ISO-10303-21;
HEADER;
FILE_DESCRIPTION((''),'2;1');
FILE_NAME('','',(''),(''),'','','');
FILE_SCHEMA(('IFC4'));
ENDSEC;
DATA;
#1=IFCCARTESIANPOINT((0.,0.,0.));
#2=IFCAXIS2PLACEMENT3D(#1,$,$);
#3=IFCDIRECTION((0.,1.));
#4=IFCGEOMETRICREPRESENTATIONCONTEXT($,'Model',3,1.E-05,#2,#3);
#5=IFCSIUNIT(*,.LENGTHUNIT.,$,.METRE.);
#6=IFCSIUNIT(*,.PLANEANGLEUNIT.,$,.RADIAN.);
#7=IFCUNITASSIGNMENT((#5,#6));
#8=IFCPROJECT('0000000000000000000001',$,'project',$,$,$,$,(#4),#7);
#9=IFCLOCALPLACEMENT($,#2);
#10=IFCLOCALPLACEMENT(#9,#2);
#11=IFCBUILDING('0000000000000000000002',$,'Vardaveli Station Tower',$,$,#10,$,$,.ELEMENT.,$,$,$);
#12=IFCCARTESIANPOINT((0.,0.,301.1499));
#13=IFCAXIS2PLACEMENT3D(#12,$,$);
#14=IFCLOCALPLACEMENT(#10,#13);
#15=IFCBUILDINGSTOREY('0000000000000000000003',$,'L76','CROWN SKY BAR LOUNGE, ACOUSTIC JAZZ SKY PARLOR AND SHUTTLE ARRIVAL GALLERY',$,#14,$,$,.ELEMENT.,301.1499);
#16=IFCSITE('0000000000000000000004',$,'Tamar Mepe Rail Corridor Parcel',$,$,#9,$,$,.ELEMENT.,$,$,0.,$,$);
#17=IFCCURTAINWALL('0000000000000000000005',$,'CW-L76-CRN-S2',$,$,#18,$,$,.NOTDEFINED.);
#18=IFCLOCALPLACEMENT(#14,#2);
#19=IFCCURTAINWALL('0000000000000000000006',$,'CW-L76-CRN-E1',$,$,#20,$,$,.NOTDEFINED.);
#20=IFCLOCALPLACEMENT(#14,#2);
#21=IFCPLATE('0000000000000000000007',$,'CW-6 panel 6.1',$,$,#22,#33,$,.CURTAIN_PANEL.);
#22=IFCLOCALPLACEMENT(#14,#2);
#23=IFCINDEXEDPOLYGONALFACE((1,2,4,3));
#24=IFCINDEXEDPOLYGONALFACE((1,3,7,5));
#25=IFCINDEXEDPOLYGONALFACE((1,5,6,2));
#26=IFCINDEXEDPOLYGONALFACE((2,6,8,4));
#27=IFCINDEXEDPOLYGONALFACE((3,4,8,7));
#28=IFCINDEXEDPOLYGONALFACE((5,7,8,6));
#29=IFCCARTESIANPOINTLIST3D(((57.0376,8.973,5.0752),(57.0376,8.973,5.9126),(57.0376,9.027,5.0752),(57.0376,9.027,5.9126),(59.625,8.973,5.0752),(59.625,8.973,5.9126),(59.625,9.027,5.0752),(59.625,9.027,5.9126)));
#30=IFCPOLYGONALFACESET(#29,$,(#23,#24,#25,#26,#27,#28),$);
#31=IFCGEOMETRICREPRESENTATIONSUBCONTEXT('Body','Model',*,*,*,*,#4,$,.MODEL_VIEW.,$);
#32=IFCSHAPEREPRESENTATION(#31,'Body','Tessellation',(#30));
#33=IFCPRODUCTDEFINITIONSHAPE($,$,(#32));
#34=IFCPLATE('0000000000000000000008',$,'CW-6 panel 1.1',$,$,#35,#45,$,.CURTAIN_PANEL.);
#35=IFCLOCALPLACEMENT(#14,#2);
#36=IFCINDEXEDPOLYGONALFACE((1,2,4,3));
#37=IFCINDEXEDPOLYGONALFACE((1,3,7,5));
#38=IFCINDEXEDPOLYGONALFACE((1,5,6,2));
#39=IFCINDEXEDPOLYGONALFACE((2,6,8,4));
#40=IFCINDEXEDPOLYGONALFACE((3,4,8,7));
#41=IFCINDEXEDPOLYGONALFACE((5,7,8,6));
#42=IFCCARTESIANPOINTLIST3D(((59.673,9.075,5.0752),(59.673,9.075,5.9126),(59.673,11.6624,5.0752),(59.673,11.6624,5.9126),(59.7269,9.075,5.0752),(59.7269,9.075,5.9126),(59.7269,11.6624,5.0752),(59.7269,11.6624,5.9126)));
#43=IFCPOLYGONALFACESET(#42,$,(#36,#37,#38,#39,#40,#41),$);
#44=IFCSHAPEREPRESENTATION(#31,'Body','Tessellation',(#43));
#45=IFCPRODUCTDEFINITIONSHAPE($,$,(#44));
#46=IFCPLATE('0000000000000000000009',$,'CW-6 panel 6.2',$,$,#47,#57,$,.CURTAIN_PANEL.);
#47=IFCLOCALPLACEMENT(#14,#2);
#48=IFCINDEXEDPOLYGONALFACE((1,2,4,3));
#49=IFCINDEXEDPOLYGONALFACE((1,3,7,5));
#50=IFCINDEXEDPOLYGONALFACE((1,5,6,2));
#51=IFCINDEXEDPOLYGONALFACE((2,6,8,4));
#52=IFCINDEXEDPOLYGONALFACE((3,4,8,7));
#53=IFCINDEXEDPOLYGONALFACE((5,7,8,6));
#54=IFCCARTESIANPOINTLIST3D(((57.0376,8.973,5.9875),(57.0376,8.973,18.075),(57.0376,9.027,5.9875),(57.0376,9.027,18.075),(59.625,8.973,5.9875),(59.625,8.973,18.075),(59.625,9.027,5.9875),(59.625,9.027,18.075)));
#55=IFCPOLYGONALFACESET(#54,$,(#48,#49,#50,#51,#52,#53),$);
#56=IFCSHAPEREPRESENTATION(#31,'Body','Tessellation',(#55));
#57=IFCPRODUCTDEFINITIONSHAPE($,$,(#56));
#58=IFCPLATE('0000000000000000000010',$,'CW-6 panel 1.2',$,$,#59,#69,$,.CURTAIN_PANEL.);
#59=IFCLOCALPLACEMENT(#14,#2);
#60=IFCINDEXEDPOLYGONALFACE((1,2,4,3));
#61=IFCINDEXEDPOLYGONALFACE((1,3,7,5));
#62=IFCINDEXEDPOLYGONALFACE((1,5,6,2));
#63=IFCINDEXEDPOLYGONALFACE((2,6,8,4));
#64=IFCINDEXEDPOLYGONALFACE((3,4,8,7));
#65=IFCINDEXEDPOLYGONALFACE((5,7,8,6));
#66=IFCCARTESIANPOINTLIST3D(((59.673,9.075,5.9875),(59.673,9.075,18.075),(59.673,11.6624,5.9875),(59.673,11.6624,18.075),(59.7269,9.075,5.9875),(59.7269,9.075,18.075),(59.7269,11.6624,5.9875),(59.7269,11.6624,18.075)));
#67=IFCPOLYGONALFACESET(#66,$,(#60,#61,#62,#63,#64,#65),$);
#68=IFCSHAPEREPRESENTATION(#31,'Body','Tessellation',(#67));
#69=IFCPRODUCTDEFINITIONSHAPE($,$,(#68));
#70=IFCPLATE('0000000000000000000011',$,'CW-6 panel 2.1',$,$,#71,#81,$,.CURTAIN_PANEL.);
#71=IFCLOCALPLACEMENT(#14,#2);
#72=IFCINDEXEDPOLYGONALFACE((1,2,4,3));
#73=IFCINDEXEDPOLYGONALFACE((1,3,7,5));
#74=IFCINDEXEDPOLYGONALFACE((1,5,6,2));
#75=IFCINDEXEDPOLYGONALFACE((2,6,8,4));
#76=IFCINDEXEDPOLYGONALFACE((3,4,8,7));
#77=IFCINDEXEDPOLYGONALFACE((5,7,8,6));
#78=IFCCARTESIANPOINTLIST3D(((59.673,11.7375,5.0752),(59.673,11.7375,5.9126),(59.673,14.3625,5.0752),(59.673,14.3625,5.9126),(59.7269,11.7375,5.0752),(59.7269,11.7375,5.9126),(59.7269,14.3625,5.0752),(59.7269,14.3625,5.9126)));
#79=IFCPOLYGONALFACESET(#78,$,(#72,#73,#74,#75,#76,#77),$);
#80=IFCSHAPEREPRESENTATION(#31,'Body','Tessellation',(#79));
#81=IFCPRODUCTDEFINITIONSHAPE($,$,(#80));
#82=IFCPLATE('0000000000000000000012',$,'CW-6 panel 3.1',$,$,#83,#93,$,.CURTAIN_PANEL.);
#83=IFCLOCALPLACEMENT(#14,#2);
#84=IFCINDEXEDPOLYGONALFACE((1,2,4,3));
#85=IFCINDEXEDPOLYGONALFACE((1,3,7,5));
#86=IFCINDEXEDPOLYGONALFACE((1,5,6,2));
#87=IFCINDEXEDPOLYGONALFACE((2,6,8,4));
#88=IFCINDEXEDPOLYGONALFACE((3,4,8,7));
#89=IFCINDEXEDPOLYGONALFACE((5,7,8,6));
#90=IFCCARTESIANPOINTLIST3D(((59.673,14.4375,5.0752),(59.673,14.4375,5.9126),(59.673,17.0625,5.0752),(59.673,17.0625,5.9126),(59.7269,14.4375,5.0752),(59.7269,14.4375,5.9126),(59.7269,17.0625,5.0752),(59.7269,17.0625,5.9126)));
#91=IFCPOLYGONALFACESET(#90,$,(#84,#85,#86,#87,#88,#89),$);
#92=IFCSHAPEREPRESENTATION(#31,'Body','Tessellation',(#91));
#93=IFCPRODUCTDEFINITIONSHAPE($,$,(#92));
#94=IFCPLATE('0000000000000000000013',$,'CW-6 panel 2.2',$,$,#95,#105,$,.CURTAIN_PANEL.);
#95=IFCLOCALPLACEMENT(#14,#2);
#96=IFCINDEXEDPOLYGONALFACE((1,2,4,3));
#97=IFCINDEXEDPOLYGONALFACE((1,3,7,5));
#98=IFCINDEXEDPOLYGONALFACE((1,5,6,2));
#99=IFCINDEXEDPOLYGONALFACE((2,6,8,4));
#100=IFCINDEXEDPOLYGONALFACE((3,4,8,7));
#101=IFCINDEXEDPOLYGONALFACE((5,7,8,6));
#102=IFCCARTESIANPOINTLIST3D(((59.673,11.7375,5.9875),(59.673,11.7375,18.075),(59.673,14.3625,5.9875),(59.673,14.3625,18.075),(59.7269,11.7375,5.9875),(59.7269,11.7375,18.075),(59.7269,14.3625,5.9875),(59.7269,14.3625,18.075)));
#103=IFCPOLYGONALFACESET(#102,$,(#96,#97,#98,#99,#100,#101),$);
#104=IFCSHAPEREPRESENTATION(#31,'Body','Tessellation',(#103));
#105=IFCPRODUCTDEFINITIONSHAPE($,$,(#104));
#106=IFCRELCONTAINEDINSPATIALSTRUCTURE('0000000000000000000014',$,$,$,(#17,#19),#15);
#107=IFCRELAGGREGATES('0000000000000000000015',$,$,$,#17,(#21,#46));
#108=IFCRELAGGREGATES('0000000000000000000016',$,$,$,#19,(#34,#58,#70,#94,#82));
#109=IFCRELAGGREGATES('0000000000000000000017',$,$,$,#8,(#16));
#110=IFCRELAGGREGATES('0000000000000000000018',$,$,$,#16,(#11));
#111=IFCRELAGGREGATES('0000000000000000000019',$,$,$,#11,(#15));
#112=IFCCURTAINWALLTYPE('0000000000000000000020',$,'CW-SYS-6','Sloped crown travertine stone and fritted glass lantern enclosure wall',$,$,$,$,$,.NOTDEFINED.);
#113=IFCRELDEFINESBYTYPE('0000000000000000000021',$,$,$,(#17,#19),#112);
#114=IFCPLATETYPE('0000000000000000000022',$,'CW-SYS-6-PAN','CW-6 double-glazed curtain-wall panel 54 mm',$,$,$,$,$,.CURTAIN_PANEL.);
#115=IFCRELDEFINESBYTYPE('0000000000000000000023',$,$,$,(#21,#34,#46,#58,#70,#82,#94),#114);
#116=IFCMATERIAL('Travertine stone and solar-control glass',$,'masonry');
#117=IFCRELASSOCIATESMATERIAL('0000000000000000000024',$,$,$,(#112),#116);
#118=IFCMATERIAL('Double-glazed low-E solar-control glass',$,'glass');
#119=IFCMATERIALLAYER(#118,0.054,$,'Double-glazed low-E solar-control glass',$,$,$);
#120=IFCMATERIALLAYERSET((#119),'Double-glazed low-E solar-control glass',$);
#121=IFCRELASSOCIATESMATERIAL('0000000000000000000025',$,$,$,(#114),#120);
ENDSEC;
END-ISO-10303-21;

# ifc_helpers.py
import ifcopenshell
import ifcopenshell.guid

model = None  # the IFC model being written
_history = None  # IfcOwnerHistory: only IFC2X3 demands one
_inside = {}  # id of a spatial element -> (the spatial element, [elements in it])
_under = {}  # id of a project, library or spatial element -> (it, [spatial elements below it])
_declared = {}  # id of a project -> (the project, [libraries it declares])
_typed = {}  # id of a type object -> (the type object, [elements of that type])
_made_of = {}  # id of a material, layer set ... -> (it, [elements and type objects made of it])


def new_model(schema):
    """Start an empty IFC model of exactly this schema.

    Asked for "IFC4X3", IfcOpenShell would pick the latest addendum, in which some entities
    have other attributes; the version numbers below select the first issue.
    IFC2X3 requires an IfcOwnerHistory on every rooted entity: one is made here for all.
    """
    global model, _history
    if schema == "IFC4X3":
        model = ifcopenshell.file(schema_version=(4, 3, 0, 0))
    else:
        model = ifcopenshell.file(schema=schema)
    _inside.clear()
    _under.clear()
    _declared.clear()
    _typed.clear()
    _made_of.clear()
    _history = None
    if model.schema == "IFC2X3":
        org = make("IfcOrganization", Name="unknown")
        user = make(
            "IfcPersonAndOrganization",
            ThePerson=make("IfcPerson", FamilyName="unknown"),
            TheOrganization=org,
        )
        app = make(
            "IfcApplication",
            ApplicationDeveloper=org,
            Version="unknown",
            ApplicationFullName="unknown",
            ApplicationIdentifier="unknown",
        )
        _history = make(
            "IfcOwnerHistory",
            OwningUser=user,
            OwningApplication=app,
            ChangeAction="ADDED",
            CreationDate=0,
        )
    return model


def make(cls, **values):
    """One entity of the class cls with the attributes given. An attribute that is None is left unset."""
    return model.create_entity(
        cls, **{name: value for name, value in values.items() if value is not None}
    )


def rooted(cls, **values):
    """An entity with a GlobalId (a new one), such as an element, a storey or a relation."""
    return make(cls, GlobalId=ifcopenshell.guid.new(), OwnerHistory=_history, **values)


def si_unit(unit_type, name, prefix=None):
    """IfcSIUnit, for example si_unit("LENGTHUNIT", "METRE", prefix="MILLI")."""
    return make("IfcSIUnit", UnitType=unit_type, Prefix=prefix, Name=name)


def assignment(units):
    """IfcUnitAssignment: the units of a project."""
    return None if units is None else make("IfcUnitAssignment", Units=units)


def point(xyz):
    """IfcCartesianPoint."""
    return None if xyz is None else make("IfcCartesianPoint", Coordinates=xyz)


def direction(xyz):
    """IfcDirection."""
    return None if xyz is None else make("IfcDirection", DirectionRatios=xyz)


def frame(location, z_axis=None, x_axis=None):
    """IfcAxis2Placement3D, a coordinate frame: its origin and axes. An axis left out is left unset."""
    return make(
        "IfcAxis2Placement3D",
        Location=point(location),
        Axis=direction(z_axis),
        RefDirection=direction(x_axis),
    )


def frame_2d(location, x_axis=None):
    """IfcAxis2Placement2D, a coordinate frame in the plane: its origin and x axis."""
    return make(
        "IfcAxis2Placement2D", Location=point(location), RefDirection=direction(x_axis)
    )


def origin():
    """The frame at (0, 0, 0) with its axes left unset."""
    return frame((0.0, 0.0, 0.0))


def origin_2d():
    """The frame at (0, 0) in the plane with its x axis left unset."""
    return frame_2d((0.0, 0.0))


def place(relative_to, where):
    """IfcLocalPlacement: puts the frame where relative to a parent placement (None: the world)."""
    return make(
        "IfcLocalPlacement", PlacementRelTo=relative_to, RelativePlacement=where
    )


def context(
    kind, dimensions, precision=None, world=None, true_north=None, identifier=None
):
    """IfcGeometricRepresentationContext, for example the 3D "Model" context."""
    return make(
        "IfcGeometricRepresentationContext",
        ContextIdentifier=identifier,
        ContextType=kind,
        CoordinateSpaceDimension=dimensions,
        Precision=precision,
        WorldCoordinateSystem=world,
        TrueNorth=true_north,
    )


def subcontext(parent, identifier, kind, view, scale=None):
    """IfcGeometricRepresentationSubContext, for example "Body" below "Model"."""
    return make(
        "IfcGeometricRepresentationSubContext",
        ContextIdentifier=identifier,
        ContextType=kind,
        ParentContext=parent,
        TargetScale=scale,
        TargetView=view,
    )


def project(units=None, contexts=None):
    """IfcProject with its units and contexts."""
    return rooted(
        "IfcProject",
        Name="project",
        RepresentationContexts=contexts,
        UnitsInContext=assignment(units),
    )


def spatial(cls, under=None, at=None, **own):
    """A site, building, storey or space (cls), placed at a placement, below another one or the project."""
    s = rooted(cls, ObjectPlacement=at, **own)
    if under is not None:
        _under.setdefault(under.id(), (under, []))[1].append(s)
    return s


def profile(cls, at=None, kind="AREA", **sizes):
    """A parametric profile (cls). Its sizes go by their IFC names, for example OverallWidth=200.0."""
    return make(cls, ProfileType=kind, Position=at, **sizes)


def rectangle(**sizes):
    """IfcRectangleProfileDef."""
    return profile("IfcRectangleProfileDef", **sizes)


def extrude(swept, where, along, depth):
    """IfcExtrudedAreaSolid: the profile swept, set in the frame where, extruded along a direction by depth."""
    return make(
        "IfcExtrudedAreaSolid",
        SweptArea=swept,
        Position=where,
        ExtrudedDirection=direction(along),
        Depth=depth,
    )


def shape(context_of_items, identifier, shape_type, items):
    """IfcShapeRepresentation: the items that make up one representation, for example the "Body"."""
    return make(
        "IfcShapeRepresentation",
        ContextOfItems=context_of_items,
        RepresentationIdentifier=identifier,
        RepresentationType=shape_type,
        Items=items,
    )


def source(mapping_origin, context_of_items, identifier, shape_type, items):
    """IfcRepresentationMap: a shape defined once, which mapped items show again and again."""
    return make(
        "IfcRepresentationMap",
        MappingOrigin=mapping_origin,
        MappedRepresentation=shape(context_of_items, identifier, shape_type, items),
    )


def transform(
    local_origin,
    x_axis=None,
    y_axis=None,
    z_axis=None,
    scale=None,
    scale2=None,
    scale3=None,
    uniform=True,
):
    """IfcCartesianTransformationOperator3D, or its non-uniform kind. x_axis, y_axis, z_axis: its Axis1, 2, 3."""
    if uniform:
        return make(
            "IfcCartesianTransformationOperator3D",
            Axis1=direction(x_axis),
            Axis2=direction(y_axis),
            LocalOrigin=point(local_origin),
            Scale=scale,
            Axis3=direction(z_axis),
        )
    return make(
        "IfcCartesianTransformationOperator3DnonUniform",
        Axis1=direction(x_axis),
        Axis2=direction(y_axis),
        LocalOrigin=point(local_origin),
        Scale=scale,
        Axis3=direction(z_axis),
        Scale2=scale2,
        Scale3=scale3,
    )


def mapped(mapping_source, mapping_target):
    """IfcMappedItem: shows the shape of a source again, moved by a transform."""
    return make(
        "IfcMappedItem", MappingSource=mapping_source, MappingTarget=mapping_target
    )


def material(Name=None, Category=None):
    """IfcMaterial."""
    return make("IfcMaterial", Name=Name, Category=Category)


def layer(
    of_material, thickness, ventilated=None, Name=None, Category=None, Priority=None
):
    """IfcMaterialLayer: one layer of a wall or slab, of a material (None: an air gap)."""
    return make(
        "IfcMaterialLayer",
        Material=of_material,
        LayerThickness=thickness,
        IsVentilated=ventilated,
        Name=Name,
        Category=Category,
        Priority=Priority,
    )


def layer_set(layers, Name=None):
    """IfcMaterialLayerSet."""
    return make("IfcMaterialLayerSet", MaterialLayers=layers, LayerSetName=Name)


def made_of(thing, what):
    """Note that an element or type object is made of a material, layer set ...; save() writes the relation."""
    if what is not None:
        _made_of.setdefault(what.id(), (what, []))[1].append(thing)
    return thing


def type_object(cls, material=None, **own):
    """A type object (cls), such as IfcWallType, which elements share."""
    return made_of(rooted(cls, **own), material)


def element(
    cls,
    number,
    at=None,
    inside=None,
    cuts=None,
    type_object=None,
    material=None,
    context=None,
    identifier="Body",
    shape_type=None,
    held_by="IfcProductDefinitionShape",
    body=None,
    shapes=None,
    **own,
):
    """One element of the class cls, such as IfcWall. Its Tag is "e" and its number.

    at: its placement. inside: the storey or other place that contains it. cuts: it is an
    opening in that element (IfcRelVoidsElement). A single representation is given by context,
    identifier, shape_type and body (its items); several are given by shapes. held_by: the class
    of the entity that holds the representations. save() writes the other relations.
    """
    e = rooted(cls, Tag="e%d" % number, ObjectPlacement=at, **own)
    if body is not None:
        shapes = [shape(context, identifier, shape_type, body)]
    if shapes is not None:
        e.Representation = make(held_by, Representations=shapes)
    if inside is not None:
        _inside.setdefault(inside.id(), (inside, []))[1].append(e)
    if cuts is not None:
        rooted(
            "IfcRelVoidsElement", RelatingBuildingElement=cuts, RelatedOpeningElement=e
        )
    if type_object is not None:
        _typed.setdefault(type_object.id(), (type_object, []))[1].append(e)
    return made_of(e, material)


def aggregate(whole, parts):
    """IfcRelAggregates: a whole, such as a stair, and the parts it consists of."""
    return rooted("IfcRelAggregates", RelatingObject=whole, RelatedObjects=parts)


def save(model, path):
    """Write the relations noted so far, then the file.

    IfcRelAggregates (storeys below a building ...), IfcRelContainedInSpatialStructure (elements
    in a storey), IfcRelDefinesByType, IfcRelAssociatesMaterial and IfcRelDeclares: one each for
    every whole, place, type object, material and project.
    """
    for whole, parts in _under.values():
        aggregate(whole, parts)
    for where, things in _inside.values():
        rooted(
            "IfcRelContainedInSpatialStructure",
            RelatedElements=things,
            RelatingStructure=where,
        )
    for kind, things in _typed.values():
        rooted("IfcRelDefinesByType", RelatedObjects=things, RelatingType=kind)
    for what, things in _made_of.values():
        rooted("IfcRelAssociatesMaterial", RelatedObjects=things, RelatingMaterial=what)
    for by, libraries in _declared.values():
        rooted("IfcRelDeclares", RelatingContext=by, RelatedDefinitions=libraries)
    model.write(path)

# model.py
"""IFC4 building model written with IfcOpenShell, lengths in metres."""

from ifc_helpers import new_model, si_unit, direction, frame, origin, origin_2d, place, context, subcontext, project, spatial, rectangle, extrude, source, transform, mapped, material, layer, layer_set, type_object, element, aggregate, save


model = new_model("IFC4")

# Units and contexts
model_context = context("Model", 3, precision=1e-05, world=origin(), true_north=direction((0.0, 1.0)))
body_context = subcontext(model_context, "Body", "Model", "MODEL_VIEW")
ifc_project = project(units=[si_unit("LENGTHUNIT", "METRE"), si_unit("PLANEANGLEUNIT", "RADIAN")], contexts=[model_context])

# Site, building, storey
site_placement = place(None, origin())
site = spatial("IfcSite", under=ifc_project, at=site_placement, Name="Tamar Mepe Rail Corridor Parcel", CompositionType="ELEMENT", RefElevation=0.0)
building_placement = place(site_placement, origin())
building = spatial("IfcBuilding", under=site, at=building_placement, Name="Vardaveli Station Tower", CompositionType="ELEMENT")
storey_placement = place(building_placement, frame((0.0, 0.0, 301.1499)))
storey = spatial("IfcBuildingStorey", under=building, at=storey_placement, Name="L76", Description="CROWN SKY BAR LOUNGE, ACOUSTIC JAZZ SKY PARLOR AND SHUTTLE ARRIVAL GALLERY", CompositionType="ELEMENT", Elevation=301.1499)

# Curtain walls
ifc_material_1 = material(Name="Travertine stone and solar-control glass", Category="masonry")
curtain_wall_type = type_object("IfcCurtainWallType", Name="CW-SYS-6", Description="Sloped crown travertine stone and fritted glass lantern enclosure wall", PredefinedType="NOTDEFINED", material=ifc_material_1)
curtain_wall_1_placement = place(storey_placement, origin())
curtain_wall_1 = element("IfcCurtainWall", 1, at=curtain_wall_1_placement, inside=storey, type_object=curtain_wall_type, Name="CW-L76-CRN-S2", PredefinedType="NOTDEFINED")
curtain_wall_2_placement = place(storey_placement, origin())
curtain_wall_2 = element("IfcCurtainWall", 2, at=curtain_wall_2_placement, inside=storey, type_object=curtain_wall_type, Name="CW-L76-CRN-E1", PredefinedType="NOTDEFINED")

# Plates
ifc_material_2 = material(Name="Double-glazed low-E solar-control glass", Category="glass")
ifc_layer_1 = layer(ifc_material_2, 0.054, Name="Double-glazed low-E solar-control glass")
ifc_layer_set_1 = layer_set([ifc_layer_1], Name="Double-glazed low-E solar-control glass")
plate_type_1 = type_object("IfcPlateType", Name="CW-SYS-6-PAN", Description="CW-6 double-glazed curtain-wall panel 54 mm", PredefinedType="CURTAIN_PANEL", material=ifc_layer_set_1)
shared_shape_1 = source(origin(), body_context, "Body", "SweptSolid", [
    extrude(rectangle(XDim=2.5874, YDim=0.054, at=origin_2d()), origin(), (0.0, 0.0, 1.0), 0.8374),
])
plate_1_placement = place(storey_placement, frame((58.3313, 9.0, 5.0752), z_axis=(0.0, 0.0, 1.0), x_axis=(1.0, 0.0, 0.0)))
plate_1 = element("IfcPlate", 3, at=plate_1_placement, type_object=plate_type_1, Name="CW-6 panel 6.1", PredefinedType="CURTAIN_PANEL", context=body_context, shape_type="MappedRepresentation", body=[
    mapped(shared_shape_1, transform((0.0, 0.0, 0.0), scale=1.0)),
])
plate_2_placement = place(storey_placement, frame((59.7, 10.3687, 5.0752), z_axis=(0.0, 0.0, 1.0), x_axis=(0.0, 1.0, 0.0)))
plate_2 = element("IfcPlate", 4, at=plate_2_placement, type_object=plate_type_1, Name="CW-6 panel 1.1", PredefinedType="CURTAIN_PANEL", context=body_context, shape_type="MappedRepresentation", body=[
    mapped(shared_shape_1, transform((0.0, 0.0, 0.0), scale=1.0)),
])
shared_shape_2 = source(origin(), body_context, "Body", "SweptSolid", [
    extrude(rectangle(XDim=2.5874, YDim=0.054, at=origin_2d()), origin(), (0.0, 0.0, 1.0), 12.0874),
])
plate_3_placement = place(storey_placement, frame((58.3313, 9.0, 5.9875), z_axis=(0.0, 0.0, 1.0), x_axis=(1.0, 0.0, 0.0)))
plate_3 = element("IfcPlate", 5, at=plate_3_placement, type_object=plate_type_1, Name="CW-6 panel 6.2", PredefinedType="CURTAIN_PANEL", context=body_context, shape_type="MappedRepresentation", body=[
    mapped(shared_shape_2, transform((0.0, 0.0, 0.0), scale=1.0)),
])
aggregate(curtain_wall_1, [plate_1, plate_3])
plate_4_placement = place(storey_placement, frame((59.7, 10.3687, 5.9875), z_axis=(0.0, 0.0, 1.0), x_axis=(0.0, 1.0, 0.0)))
plate_4 = element("IfcPlate", 6, at=plate_4_placement, type_object=plate_type_1, Name="CW-6 panel 1.2", PredefinedType="CURTAIN_PANEL", context=body_context, shape_type="MappedRepresentation", body=[
    mapped(shared_shape_2, transform((0.0, 0.0, 0.0), scale=1.0)),
])
shared_shape_3 = source(origin(), body_context, "Body", "SweptSolid", [
    extrude(rectangle(XDim=2.625, YDim=0.054, at=origin_2d()), origin(), (0.0, 0.0, 1.0), 0.8374),
])
plate_5_placement = place(storey_placement, frame((59.7, 13.05, 5.0752), z_axis=(0.0, 0.0, 1.0), x_axis=(0.0, 1.0, 0.0)))
plate_5 = element("IfcPlate", 7, at=plate_5_placement, type_object=plate_type_1, Name="CW-6 panel 2.1", PredefinedType="CURTAIN_PANEL", context=body_context, shape_type="MappedRepresentation", body=[
    mapped(shared_shape_3, transform((0.0, 0.0, 0.0), scale=1.0)),
])
plate_6_placement = place(storey_placement, frame((59.7, 15.75, 5.0752), z_axis=(0.0, 0.0, 1.0), x_axis=(0.0, 1.0, 0.0)))
plate_6 = element("IfcPlate", 8, at=plate_6_placement, type_object=plate_type_1, Name="CW-6 panel 3.1", PredefinedType="CURTAIN_PANEL", context=body_context, shape_type="MappedRepresentation", body=[
    mapped(shared_shape_3, transform((0.0, 0.0, 0.0), scale=1.0)),
])
shared_shape_4 = source(origin(), body_context, "Body", "SweptSolid", [
    extrude(rectangle(XDim=2.625, YDim=0.054, at=origin_2d()), origin(), (0.0, 0.0, 1.0), 12.0874),
])
plate_7_placement = place(storey_placement, frame((59.7, 13.05, 5.9875), z_axis=(0.0, 0.0, 1.0), x_axis=(0.0, 1.0, 0.0)))
plate_7 = element("IfcPlate", 9, at=plate_7_placement, type_object=plate_type_1, Name="CW-6 panel 2.2", PredefinedType="CURTAIN_PANEL", context=body_context, shape_type="MappedRepresentation", body=[
    mapped(shared_shape_4, transform((0.0, 0.0, 0.0), scale=1.0)),
])
aggregate(curtain_wall_2, [plate_2, plate_4, plate_5, plate_7, plate_6])

save(model, "model.ifc")
